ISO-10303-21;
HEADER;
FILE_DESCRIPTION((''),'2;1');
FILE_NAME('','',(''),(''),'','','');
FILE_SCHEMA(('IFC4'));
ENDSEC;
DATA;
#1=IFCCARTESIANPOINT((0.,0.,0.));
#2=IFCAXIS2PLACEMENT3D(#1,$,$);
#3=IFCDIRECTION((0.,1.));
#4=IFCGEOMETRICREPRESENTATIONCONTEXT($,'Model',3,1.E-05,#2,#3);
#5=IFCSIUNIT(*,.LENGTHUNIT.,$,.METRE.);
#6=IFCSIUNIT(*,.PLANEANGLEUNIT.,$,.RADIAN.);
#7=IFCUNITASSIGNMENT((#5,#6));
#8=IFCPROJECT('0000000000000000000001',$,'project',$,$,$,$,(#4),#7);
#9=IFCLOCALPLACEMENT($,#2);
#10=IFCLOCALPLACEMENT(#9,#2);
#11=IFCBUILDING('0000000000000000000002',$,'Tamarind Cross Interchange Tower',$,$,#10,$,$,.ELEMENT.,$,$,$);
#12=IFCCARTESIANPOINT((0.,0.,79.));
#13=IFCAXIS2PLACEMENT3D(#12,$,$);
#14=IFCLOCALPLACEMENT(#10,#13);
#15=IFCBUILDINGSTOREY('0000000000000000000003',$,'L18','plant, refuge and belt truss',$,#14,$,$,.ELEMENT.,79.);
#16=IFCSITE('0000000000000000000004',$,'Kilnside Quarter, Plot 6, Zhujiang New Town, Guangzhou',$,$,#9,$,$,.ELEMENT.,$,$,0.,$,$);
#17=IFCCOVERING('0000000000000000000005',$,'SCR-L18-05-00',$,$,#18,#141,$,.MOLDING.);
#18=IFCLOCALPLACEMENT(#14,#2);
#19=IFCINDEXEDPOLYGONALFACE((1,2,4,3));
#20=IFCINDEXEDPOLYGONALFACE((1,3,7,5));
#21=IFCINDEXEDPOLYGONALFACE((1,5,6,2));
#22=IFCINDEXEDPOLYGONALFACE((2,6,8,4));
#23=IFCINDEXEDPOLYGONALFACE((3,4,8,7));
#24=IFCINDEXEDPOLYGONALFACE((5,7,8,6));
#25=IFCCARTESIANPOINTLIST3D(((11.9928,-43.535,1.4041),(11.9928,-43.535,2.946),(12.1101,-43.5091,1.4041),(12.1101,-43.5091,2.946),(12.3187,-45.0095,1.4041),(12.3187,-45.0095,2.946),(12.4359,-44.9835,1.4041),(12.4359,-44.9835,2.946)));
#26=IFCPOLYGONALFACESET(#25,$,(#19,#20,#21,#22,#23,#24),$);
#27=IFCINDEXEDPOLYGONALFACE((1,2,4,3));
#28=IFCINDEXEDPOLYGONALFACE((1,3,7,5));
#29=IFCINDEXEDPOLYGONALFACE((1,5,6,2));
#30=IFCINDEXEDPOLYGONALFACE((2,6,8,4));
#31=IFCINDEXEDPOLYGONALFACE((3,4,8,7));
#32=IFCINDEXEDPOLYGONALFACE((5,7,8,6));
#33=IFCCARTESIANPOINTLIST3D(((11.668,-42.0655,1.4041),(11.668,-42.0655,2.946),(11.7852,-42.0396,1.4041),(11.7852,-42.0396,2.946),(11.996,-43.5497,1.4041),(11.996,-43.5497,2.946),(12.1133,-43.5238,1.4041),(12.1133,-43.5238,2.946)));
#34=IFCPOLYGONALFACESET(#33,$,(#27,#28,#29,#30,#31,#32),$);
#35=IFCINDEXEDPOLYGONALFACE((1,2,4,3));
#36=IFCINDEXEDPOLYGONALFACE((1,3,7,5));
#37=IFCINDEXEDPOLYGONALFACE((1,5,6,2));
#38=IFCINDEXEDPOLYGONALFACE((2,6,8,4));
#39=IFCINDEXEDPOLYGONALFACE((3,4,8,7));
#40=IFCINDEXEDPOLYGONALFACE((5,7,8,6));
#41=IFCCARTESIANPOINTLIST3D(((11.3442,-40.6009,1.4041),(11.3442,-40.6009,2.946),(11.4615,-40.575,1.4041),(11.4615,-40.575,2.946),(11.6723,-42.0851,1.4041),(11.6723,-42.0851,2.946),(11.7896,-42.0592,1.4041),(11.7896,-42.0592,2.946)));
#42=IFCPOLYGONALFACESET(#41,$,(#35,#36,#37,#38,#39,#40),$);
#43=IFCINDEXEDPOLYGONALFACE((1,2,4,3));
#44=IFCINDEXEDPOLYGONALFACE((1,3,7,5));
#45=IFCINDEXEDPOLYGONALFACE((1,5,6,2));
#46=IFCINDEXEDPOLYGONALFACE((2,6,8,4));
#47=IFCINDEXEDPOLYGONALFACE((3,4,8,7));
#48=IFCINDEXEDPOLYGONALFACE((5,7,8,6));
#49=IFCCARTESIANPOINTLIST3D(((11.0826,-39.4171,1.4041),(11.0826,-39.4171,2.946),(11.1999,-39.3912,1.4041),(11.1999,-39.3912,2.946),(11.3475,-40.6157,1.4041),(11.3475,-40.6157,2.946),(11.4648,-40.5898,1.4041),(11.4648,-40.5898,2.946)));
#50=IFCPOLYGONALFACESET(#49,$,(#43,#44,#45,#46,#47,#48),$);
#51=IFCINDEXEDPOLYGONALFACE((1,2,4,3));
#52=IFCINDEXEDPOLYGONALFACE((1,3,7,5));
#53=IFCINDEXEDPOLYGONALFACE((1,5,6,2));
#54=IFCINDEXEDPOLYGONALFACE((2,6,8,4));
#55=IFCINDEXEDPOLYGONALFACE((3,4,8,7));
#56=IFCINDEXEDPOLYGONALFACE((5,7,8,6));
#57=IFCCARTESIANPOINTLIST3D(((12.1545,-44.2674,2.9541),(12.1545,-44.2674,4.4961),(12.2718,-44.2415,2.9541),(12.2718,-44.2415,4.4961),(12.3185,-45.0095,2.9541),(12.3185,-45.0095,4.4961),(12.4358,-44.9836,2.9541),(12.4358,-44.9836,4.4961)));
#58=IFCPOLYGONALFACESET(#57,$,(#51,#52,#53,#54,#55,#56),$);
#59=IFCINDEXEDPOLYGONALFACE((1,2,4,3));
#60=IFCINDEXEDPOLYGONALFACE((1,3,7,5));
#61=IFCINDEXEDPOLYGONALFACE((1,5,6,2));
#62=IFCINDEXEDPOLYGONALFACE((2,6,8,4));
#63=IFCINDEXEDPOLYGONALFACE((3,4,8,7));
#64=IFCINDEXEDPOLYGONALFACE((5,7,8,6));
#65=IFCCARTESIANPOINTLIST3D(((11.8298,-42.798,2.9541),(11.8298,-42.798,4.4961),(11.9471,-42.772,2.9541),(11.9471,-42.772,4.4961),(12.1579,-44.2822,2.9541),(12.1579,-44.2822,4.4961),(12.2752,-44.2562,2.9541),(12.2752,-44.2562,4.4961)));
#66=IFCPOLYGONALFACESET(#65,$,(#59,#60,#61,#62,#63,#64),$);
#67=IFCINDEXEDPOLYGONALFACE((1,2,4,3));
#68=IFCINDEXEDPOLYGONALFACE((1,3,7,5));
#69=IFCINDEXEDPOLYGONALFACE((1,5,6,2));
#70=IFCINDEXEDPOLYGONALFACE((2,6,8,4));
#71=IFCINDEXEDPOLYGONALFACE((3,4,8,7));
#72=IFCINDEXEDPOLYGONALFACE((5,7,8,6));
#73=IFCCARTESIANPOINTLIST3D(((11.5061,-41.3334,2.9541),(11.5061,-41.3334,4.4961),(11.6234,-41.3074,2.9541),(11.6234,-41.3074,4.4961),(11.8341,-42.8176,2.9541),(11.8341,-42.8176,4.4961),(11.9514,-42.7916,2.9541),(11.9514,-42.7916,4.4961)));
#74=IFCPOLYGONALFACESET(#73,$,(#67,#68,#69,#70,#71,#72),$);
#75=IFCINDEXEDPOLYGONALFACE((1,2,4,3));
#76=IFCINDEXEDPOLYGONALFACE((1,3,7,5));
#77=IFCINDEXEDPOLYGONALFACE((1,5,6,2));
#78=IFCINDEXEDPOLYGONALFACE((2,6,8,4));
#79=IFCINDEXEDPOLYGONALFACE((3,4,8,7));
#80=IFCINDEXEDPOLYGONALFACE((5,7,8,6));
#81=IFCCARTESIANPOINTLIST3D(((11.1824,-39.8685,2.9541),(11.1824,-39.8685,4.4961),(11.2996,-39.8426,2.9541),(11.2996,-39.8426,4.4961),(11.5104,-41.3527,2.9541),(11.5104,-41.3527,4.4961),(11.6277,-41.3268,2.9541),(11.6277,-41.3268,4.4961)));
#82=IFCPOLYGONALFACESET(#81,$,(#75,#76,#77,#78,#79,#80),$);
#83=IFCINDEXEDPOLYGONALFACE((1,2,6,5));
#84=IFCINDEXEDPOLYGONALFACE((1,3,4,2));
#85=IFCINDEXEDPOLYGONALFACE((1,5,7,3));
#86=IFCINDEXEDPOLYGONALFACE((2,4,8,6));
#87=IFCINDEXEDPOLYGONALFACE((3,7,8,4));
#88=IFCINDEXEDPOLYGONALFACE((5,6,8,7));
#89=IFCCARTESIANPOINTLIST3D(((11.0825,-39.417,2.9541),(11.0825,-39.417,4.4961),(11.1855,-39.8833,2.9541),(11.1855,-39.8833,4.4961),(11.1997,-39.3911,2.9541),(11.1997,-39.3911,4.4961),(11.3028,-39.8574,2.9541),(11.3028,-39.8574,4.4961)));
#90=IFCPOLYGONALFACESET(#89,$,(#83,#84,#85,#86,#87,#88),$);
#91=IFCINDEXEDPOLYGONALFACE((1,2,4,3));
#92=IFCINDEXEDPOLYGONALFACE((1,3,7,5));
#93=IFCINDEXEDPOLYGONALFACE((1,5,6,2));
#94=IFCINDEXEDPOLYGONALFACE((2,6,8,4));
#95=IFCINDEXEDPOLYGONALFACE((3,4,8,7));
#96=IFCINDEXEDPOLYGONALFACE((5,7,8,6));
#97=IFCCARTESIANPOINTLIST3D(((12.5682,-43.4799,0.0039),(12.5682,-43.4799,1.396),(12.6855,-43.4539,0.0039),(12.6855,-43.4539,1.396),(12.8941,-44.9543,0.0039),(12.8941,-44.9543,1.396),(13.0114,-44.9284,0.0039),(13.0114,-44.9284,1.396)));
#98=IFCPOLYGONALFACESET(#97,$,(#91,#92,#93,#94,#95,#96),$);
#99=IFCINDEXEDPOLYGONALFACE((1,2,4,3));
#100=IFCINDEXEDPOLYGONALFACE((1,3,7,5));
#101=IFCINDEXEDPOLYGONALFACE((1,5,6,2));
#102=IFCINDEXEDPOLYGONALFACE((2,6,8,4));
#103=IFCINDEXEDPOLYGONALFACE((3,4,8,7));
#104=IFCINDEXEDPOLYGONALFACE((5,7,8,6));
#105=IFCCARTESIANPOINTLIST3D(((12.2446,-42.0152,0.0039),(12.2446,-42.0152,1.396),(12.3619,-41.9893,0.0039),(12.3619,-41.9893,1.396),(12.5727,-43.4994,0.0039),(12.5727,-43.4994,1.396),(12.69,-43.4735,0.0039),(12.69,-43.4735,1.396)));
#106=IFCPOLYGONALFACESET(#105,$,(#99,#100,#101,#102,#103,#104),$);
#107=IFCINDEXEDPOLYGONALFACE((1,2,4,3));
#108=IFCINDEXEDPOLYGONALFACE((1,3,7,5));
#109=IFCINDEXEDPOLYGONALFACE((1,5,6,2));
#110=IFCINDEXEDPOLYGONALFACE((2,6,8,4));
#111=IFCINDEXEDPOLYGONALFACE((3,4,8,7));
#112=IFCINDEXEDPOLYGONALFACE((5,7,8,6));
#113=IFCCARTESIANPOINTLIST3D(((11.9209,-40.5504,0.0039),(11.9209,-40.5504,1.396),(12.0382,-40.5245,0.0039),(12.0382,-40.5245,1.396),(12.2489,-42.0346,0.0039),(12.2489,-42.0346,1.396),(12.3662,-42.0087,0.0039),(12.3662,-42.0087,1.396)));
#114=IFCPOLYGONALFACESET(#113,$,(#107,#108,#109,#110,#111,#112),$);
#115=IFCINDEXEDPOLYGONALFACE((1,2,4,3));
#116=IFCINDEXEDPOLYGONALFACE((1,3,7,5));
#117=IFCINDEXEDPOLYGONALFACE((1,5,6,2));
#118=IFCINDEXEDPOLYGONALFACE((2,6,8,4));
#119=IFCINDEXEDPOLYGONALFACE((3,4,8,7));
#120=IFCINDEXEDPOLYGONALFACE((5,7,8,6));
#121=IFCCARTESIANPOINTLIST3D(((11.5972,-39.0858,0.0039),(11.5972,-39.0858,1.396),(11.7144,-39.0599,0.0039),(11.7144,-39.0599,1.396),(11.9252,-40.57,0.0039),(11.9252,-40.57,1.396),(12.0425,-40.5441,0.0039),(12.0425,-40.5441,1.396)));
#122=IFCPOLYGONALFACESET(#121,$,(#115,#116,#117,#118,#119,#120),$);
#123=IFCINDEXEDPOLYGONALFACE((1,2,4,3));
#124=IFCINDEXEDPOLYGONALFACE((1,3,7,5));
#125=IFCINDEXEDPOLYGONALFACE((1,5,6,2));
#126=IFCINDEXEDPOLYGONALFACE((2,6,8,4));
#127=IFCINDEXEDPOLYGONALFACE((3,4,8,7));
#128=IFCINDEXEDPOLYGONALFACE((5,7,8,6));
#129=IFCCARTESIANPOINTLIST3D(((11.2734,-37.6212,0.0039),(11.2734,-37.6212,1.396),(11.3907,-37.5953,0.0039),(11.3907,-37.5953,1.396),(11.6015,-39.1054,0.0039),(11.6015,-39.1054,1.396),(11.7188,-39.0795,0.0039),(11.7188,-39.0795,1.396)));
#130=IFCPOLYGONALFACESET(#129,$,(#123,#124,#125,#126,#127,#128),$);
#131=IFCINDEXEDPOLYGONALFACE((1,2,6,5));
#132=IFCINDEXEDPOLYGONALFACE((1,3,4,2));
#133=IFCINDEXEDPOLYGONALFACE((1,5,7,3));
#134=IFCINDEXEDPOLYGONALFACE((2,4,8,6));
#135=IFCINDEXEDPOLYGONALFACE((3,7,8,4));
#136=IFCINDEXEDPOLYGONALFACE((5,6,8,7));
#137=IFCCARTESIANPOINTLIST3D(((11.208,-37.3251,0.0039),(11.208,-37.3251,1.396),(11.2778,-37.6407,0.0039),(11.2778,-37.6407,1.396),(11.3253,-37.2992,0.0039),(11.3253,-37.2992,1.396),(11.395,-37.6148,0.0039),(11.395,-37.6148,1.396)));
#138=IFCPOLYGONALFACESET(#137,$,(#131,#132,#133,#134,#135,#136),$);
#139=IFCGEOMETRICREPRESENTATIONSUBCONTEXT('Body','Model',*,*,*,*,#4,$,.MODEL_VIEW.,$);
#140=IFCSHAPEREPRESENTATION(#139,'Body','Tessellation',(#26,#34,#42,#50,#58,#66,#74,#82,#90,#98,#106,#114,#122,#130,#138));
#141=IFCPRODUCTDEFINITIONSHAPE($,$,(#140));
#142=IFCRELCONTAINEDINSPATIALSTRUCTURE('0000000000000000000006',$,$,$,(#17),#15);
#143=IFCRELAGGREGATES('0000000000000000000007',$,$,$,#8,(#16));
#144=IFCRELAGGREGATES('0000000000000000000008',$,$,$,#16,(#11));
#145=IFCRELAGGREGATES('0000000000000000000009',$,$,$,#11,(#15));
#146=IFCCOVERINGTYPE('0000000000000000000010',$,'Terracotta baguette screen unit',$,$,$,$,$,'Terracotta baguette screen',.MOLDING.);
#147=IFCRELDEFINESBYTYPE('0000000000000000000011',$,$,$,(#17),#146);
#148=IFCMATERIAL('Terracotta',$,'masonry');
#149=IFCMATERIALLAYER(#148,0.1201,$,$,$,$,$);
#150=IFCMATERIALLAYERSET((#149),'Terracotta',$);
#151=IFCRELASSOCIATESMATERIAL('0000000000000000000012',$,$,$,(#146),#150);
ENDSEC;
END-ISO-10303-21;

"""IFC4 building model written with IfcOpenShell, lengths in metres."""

from ifc_helpers import new_model, si_unit, direction, frame, origin, origin_2d, place, context, subcontext, project, spatial, rectangle, extrude, material, layer, layer_set, type_object, element, save


model = new_model("IFC4")

# Units and contexts
model_context = context("Model", 3, precision=1e-05, world=origin(), true_north=direction((0.0, 1.0)))
body_context = subcontext(model_context, "Body", "Model", "MODEL_VIEW")
ifc_project = project(units=[si_unit("LENGTHUNIT", "METRE"), si_unit("PLANEANGLEUNIT", "RADIAN")], contexts=[model_context])

# Site, building, storey
site_placement = place(None, origin())
site = spatial("IfcSite", under=ifc_project, at=site_placement, Name="Kilnside Quarter, Plot 6, Zhujiang New Town, Guangzhou", CompositionType="ELEMENT", RefElevation=0.0)
building_placement = place(site_placement, origin())
building = spatial("IfcBuilding", under=site, at=building_placement, Name="Tamarind Cross Interchange Tower", CompositionType="ELEMENT")
storey_placement = place(building_placement, frame((0.0, 0.0, 79.0)))
storey = spatial("IfcBuildingStorey", under=building, at=storey_placement, Name="L18", Description="plant, refuge and belt truss", CompositionType="ELEMENT", Elevation=79.0)

# Covering
ifc_material_1 = material(Name="Terracotta", Category="masonry")
ifc_layer_1 = layer(ifc_material_1, 0.1201)
ifc_layer_set_1 = layer_set([ifc_layer_1], Name="Terracotta")
covering_type = type_object("IfcCoveringType", Name="Terracotta baguette screen unit", ElementType="Terracotta baguette screen", PredefinedType="MOLDING", material=ifc_layer_set_1)
covering_1_placement = place(storey_placement, origin())
element("IfcCovering", 1, at=covering_1_placement, inside=storey, type_object=covering_type, Name="SCR-L18-05-00", PredefinedType="MOLDING", context=body_context, shape_type="SweptSolid", body=[
    extrude(rectangle(XDim=1.51, YDim=0.1201, at=origin_2d()), frame((12.2144, -44.2593, 1.4041), z_axis=(0.0, 0.0, 1.0), x_axis=(-0.21582, 0.976433, 0.0)), (0.0, 0.0, 1.0), 1.542),
    extrude(rectangle(XDim=1.52, YDim=0.1201, at=origin_2d()), frame((11.8906, -42.7947, 1.4041), z_axis=(0.0, 0.0, 1.0), x_axis=(-0.21582, 0.976433, 0.0)), (0.0, 0.0, 1.0), 1.542),
    extrude(rectangle(XDim=1.52, YDim=0.1201, at=origin_2d()), frame((11.5669, -41.3301, 1.4041), z_axis=(0.0, 0.0, 1.0), x_axis=(-0.21582, 0.976433, 0.0)), (0.0, 0.0, 1.0), 1.542),
    extrude(rectangle(XDim=1.2275, YDim=0.1201, at=origin_2d()), frame((11.2737, -40.0034, 1.4041), z_axis=(0.0, 0.0, 1.0), x_axis=(-0.21582, 0.976433, 0.0)), (0.0, 0.0, 1.0), 1.542),
    extrude(rectangle(XDim=0.76, YDim=0.1201, at=origin_2d()), frame((12.2952, -44.6255, 2.9541), z_axis=(0.0, 0.0, 1.0), x_axis=(-0.21582, 0.976433, 0.0)), (0.0, 0.0, 1.0), 1.542),
    extrude(rectangle(XDim=1.52, YDim=0.1201, at=origin_2d()), frame((12.0525, -43.5271, 2.9541), z_axis=(0.0, 0.0, 1.0), x_axis=(-0.21582, 0.976433, 0.0)), (0.0, 0.0, 1.0), 1.542),
    extrude(rectangle(XDim=1.52, YDim=0.1201, at=origin_2d()), frame((11.7288, -42.0625, 2.9541), z_axis=(0.0, 0.0, 1.0), x_axis=(-0.21582, 0.976433, 0.0)), (0.0, 0.0, 1.0), 1.542),
    extrude(rectangle(XDim=1.52, YDim=0.1201, at=origin_2d()), frame((11.405, -40.5977, 2.9541), z_axis=(0.0, 0.0, 1.0), x_axis=(-0.21582, 0.976433, 0.0)), (0.0, 0.0, 1.0), 1.542),
    extrude(rectangle(XDim=0.4775, YDim=0.1201, at=origin_2d()), frame((11.1926, -39.6372, 2.9541), z_axis=(0.0, 0.0, 1.0), x_axis=(-0.21582, 0.976433, 0.0)), (0.0, 0.0, 1.0), 1.542),
    extrude(rectangle(XDim=1.51, YDim=0.1201, at=origin_2d()), frame((12.7898, -44.2041, 0.0039), z_axis=(0.0, 0.0, 1.0), x_axis=(-0.21582, 0.976433, 0.0)), (0.0, 0.0, 1.0), 1.3921),
    extrude(rectangle(XDim=1.52, YDim=0.1201, at=origin_2d()), frame((12.4673, -42.7444, 0.0039), z_axis=(0.0, 0.0, 1.0), x_axis=(-0.21582, 0.976433, 0.0)), (0.0, 0.0, 1.0), 1.3921),
    extrude(rectangle(XDim=1.52, YDim=0.1201, at=origin_2d()), frame((12.1436, -41.2795, 0.0039), z_axis=(0.0, 0.0, 1.0), x_axis=(-0.21582, 0.976433, 0.0)), (0.0, 0.0, 1.0), 1.3921),
    extrude(rectangle(XDim=1.52, YDim=0.1201, at=origin_2d()), frame((11.8198, -39.8149, 0.0039), z_axis=(0.0, 0.0, 1.0), x_axis=(-0.21582, 0.976433, 0.0)), (0.0, 0.0, 1.0), 1.3921),
    extrude(rectangle(XDim=1.52, YDim=0.1201, at=origin_2d()), frame((11.4961, -38.3503, 0.0039), z_axis=(0.0, 0.0, 1.0), x_axis=(-0.21582, 0.976433, 0.0)), (0.0, 0.0, 1.0), 1.3921),
    extrude(rectangle(XDim=0.3232, YDim=0.1201, at=origin_2d()), frame((11.3015, -37.47, 0.0039), z_axis=(0.0, 0.0, 1.0), x_axis=(-0.21582, 0.976433, 0.0)), (0.0, 0.0, 1.0), 1.3921),
])

save(model, "model.ifc")
